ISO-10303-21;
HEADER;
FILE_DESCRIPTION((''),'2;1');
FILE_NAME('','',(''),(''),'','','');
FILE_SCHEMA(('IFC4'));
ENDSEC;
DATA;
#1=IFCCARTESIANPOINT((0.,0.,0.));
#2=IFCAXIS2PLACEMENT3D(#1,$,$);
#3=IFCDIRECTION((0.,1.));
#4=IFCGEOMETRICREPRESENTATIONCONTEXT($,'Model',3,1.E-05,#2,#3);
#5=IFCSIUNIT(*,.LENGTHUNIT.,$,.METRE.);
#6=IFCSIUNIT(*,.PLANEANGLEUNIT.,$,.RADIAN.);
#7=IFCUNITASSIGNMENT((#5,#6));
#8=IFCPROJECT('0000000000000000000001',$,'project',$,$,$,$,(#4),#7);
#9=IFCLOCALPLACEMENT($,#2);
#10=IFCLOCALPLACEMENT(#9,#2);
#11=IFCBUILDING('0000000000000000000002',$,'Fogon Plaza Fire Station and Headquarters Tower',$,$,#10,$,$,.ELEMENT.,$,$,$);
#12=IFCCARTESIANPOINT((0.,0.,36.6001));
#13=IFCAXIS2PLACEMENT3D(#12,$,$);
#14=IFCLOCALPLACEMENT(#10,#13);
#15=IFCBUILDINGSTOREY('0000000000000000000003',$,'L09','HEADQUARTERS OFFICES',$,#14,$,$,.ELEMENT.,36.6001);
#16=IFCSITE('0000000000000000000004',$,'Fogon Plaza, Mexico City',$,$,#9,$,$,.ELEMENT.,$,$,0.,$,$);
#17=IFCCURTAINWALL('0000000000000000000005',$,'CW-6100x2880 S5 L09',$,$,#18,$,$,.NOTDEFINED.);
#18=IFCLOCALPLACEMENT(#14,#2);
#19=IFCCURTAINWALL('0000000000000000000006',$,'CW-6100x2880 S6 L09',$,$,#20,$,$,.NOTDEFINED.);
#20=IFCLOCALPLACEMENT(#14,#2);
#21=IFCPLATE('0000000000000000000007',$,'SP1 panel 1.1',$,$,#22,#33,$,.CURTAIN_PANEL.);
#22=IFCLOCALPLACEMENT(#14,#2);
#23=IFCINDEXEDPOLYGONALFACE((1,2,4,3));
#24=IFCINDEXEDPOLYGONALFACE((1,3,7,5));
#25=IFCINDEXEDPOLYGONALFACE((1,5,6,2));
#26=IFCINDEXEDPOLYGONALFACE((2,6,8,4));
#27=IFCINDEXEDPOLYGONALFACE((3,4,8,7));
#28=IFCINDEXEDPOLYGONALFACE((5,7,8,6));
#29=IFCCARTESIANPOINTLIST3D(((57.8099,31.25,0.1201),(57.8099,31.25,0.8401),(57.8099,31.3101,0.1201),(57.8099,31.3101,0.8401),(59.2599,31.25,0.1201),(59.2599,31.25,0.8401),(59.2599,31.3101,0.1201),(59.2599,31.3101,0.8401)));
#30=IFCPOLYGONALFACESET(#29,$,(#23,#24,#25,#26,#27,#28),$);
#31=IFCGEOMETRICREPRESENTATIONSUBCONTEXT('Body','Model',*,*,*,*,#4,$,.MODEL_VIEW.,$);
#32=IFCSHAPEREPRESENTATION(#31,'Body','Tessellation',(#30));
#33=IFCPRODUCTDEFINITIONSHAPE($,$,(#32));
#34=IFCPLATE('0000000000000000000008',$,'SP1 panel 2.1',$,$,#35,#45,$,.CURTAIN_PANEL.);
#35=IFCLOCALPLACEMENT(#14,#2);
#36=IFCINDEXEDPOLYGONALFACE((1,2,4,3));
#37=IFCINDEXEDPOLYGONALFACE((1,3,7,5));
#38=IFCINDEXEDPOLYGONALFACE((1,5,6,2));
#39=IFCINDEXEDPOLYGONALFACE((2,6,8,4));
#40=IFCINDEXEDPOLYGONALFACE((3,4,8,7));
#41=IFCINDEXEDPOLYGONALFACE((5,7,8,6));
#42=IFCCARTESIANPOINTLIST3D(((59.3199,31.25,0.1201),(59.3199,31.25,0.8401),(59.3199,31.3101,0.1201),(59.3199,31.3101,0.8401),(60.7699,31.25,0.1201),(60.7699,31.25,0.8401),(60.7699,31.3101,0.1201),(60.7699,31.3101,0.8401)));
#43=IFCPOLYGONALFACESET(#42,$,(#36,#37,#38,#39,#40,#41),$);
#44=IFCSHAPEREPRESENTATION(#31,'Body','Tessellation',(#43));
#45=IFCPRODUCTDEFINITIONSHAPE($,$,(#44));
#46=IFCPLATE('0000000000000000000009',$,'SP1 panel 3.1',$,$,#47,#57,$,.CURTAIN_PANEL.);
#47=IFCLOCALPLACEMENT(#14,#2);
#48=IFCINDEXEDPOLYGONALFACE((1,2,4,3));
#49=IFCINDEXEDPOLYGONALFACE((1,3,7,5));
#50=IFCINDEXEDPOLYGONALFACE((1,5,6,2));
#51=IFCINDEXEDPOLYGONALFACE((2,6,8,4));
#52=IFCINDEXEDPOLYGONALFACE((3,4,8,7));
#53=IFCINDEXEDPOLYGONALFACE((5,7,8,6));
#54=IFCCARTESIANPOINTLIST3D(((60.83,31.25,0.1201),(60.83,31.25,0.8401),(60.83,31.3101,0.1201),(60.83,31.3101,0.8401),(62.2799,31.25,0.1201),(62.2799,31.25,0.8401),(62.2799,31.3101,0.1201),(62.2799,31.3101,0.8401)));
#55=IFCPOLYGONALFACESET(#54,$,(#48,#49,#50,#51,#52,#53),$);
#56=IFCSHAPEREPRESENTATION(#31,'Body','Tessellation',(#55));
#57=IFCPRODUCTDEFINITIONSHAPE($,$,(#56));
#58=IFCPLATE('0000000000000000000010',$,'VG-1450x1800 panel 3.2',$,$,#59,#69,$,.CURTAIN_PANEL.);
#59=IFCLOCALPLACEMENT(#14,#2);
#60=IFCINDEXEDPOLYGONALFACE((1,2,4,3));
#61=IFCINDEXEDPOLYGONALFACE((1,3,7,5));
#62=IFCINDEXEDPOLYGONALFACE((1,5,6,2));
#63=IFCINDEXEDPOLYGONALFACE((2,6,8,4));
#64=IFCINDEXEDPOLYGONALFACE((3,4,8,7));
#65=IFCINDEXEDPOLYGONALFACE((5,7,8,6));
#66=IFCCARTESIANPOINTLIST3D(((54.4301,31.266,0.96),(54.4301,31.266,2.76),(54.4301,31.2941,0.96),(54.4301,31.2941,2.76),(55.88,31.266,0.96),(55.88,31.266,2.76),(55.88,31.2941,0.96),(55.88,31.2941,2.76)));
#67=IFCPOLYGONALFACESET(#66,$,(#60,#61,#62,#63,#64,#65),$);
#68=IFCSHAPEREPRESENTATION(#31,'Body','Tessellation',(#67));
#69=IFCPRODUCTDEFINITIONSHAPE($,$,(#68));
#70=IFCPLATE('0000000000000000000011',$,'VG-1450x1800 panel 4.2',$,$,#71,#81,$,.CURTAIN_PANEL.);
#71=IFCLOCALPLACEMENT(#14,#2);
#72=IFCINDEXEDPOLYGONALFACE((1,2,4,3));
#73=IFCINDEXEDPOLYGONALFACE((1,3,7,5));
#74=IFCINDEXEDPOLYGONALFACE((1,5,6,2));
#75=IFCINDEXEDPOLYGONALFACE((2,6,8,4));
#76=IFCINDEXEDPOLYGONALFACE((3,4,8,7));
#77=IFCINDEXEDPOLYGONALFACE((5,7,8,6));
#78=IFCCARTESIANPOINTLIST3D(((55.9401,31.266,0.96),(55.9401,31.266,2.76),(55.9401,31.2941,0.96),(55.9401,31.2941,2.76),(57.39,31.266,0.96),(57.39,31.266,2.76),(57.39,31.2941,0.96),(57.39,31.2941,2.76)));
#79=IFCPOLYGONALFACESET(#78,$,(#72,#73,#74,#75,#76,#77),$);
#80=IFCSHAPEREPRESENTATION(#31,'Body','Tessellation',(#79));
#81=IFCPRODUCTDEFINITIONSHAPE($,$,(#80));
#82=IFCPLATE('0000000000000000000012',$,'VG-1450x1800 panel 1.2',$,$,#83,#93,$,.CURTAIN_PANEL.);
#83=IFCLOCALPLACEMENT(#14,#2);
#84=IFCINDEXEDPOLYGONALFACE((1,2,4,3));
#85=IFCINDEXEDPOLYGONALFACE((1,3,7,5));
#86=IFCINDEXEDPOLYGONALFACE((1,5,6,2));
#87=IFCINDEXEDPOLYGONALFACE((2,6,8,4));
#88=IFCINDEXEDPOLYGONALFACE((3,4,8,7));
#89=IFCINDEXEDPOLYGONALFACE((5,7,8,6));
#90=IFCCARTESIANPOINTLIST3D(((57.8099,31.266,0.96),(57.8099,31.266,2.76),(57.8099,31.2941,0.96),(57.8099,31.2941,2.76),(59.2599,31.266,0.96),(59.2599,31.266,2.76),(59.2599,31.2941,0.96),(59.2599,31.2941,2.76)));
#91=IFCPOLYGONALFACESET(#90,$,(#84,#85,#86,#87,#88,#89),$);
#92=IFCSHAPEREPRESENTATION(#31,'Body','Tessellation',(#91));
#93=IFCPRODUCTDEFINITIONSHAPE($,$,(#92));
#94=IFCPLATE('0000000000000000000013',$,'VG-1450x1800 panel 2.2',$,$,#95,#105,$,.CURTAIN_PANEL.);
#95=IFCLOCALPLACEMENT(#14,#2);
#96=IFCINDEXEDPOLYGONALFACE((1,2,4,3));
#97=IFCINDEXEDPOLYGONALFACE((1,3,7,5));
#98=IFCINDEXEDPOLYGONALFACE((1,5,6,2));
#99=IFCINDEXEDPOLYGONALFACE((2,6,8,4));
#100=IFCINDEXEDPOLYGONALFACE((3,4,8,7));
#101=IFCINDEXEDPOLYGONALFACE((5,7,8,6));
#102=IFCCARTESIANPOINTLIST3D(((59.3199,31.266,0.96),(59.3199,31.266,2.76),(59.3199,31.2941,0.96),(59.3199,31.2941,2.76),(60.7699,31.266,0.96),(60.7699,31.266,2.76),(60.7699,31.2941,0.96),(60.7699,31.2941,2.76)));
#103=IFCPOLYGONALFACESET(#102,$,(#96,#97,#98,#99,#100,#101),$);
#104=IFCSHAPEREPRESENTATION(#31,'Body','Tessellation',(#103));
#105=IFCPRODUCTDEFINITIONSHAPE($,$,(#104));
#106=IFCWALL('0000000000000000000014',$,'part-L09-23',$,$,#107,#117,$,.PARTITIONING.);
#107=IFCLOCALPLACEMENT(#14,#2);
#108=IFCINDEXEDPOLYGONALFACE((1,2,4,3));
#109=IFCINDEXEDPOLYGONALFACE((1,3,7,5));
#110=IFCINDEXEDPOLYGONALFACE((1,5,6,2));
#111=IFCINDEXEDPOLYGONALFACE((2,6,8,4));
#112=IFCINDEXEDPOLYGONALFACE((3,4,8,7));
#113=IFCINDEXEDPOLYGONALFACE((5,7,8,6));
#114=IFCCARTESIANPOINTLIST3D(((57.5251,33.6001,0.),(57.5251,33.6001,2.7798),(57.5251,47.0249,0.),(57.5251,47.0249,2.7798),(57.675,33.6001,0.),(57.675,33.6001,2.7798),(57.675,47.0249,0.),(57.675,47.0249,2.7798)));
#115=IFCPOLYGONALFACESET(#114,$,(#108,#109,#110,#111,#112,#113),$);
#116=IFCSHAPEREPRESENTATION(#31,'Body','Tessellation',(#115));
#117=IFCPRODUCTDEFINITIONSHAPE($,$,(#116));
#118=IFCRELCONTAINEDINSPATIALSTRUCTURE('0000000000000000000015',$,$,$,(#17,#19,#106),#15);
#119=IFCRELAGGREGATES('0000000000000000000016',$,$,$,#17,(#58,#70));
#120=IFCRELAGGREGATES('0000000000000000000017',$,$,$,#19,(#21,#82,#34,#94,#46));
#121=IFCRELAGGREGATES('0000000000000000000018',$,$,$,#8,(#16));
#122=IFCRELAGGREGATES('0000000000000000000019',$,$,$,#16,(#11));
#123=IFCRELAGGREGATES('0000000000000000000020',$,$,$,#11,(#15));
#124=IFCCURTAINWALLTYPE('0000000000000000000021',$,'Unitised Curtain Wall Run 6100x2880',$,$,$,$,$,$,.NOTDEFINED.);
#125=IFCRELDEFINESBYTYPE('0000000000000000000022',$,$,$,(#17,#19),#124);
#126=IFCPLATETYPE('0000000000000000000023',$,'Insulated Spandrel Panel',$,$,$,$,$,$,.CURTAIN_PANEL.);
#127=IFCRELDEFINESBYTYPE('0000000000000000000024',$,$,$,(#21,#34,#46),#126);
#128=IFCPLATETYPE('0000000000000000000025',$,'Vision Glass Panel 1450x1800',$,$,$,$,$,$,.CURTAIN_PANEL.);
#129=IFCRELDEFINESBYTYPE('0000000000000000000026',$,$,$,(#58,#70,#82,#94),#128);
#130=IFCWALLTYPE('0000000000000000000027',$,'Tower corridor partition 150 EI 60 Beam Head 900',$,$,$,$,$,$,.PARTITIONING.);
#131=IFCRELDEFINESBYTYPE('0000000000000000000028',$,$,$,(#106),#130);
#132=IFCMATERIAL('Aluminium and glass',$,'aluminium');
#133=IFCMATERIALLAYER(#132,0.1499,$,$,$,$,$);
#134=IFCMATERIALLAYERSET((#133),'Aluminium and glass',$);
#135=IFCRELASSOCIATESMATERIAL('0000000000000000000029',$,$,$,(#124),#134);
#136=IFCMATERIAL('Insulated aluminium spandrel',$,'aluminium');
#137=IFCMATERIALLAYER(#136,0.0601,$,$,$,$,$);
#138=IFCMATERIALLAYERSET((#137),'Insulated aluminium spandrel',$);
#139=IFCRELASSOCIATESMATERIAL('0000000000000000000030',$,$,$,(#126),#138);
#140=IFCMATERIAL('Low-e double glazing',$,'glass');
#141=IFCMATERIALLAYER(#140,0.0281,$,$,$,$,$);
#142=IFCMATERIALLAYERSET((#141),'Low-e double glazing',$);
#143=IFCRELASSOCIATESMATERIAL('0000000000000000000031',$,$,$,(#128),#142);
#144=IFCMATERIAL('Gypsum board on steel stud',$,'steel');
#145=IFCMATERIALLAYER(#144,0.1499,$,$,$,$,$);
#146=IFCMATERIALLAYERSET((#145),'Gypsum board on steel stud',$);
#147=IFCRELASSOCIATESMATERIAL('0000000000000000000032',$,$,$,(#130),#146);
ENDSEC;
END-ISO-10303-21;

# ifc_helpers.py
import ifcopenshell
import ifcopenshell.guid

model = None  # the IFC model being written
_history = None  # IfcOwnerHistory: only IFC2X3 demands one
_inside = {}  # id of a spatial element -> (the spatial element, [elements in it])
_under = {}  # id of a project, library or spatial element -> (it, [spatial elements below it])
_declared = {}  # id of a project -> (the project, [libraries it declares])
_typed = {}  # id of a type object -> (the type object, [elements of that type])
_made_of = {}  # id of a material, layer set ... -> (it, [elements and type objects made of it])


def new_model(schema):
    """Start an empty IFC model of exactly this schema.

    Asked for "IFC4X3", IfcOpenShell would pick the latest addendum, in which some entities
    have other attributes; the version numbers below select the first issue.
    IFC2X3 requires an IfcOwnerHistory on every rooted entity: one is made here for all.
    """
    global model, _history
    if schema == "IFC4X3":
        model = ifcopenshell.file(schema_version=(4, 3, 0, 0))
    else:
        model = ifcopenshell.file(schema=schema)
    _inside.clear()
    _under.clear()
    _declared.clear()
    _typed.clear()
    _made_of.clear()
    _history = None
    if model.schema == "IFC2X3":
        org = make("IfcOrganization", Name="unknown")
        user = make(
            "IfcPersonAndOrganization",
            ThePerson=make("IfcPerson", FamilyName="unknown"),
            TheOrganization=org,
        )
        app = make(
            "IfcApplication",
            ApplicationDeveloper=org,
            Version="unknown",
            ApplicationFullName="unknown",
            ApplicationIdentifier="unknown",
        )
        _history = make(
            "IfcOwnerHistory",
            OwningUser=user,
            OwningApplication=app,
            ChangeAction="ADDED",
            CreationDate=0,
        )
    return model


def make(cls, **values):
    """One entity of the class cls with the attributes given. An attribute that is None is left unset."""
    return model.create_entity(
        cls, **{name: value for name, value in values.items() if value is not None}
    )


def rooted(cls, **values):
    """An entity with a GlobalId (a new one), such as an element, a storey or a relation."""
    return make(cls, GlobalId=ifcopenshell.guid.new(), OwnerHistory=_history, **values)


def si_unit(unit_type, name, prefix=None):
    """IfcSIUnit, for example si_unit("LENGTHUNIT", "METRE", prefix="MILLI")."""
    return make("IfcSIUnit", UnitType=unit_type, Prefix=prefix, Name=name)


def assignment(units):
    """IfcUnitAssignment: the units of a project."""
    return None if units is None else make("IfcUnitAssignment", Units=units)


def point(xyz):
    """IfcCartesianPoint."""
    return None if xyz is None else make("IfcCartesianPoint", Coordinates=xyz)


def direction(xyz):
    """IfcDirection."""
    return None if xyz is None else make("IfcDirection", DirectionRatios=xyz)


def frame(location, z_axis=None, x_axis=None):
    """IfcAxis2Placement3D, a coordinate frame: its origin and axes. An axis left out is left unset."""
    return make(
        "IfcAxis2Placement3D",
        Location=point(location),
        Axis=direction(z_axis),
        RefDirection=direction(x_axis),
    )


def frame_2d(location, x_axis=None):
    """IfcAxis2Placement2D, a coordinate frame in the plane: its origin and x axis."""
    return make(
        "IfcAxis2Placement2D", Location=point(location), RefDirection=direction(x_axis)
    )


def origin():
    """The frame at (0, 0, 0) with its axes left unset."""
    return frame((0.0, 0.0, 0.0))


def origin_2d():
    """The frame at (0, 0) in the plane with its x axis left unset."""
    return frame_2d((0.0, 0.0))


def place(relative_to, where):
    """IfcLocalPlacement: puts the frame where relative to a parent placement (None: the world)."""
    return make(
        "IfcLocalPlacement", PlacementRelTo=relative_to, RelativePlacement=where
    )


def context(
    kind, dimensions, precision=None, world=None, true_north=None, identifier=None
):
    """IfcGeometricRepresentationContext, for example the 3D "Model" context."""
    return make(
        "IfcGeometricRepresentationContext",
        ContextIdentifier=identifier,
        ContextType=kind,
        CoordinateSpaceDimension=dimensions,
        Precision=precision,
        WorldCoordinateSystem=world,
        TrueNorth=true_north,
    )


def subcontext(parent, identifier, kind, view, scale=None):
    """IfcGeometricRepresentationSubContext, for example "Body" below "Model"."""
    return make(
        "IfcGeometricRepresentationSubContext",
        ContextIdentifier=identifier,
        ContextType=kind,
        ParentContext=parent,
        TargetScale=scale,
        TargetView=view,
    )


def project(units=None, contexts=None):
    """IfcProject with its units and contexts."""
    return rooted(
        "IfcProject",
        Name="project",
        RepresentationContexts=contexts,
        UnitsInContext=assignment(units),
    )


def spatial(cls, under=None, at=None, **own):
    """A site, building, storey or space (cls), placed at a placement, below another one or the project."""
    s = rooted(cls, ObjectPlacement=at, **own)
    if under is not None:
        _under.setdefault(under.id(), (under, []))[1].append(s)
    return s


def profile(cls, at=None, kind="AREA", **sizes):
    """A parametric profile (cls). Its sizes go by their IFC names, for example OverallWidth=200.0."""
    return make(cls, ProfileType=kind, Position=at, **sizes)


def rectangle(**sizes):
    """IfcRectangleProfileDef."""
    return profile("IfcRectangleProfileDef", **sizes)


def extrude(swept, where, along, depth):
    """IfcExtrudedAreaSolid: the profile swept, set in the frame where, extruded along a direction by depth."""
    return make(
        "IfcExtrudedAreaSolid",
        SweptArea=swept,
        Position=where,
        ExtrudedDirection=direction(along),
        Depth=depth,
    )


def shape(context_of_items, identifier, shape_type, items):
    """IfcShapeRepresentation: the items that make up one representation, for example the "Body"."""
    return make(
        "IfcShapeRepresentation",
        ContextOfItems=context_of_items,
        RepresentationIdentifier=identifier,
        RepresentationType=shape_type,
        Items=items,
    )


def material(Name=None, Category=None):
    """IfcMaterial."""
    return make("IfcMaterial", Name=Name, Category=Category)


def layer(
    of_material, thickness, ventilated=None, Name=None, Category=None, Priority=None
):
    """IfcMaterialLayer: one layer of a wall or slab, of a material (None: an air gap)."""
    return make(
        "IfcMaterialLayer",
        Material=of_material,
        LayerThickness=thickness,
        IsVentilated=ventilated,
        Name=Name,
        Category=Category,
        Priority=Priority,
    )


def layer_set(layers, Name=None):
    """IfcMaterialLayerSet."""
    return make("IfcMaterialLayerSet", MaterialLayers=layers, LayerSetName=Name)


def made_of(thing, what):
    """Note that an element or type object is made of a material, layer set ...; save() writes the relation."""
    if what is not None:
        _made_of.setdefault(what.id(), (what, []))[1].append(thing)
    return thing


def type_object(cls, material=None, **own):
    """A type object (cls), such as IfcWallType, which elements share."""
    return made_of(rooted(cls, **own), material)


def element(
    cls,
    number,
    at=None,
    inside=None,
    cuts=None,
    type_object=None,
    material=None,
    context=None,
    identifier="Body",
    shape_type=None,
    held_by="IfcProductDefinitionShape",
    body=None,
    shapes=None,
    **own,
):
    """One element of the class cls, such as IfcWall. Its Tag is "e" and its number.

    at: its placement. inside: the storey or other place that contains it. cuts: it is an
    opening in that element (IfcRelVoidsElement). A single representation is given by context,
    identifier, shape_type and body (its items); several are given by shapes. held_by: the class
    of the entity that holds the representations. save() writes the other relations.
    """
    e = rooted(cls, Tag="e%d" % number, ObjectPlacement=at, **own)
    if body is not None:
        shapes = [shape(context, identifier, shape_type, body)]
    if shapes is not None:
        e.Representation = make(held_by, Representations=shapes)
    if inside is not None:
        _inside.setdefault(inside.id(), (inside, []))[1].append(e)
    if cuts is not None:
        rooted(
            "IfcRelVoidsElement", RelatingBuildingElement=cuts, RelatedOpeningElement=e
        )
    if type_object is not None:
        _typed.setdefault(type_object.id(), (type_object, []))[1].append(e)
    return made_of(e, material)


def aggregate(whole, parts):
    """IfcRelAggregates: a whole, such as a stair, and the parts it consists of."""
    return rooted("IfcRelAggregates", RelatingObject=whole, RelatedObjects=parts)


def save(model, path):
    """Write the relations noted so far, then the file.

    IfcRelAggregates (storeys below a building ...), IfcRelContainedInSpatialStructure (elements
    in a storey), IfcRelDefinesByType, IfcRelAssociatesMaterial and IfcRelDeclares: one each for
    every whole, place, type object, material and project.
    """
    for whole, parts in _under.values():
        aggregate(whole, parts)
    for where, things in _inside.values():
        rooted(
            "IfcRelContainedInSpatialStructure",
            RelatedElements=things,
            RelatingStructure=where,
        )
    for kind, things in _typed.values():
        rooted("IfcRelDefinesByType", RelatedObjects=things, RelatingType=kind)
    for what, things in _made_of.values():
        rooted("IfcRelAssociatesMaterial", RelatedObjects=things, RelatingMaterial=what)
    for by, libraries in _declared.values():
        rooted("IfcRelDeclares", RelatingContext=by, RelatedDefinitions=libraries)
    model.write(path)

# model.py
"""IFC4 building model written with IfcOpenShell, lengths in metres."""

from ifc_helpers import new_model, si_unit, direction, frame, frame_2d, origin, origin_2d, place, context, subcontext, project, spatial, rectangle, extrude, material, layer, layer_set, type_object, element, aggregate, save


model = new_model("IFC4")

# Units and contexts
model_context = context("Model", 3, precision=1e-05, world=origin(), true_north=direction((0.0, 1.0)))
body_context = subcontext(model_context, "Body", "Model", "MODEL_VIEW")
ifc_project = project(units=[si_unit("LENGTHUNIT", "METRE"), si_unit("PLANEANGLEUNIT", "RADIAN")], contexts=[model_context])

# Site, building, storey
site_placement = place(None, origin())
site = spatial("IfcSite", under=ifc_project, at=site_placement, Name="Fogon Plaza, Mexico City", CompositionType="ELEMENT", RefElevation=0.0)
building_placement = place(site_placement, origin())
building = spatial("IfcBuilding", under=site, at=building_placement, Name="Fogon Plaza Fire Station and Headquarters Tower", CompositionType="ELEMENT")
storey_placement = place(building_placement, frame((0.0, 0.0, 36.6001)))
storey = spatial("IfcBuildingStorey", under=building, at=storey_placement, Name="L09", Description="HEADQUARTERS OFFICES", CompositionType="ELEMENT", Elevation=36.6001)

# Curtain walls
ifc_material_1 = material(Name="Aluminium and glass", Category="aluminium")
ifc_layer_1 = layer(ifc_material_1, 0.1499)
ifc_layer_set_1 = layer_set([ifc_layer_1], Name="Aluminium and glass")
curtain_wall_type = type_object("IfcCurtainWallType", Name="Unitised Curtain Wall Run 6100x2880", PredefinedType="NOTDEFINED", material=ifc_layer_set_1)
curtain_wall_1_placement = place(storey_placement, origin())
curtain_wall_1 = element("IfcCurtainWall", 1, at=curtain_wall_1_placement, inside=storey, type_object=curtain_wall_type, Name="CW-6100x2880 S5 L09", PredefinedType="NOTDEFINED")
curtain_wall_2_placement = place(storey_placement, origin())
curtain_wall_2 = element("IfcCurtainWall", 2, at=curtain_wall_2_placement, inside=storey, type_object=curtain_wall_type, Name="CW-6100x2880 S6 L09", PredefinedType="NOTDEFINED")

# Plates
ifc_material_2 = material(Name="Insulated aluminium spandrel", Category="aluminium")
ifc_layer_2 = layer(ifc_material_2, 0.0601)
ifc_layer_set_2 = layer_set([ifc_layer_2], Name="Insulated aluminium spandrel")
plate_type_1 = type_object("IfcPlateType", Name="Insulated Spandrel Panel", PredefinedType="CURTAIN_PANEL", material=ifc_layer_set_2)
plate_1_placement = place(storey_placement, frame((58.5349, 31.28, 0.1201), z_axis=(0.0, 0.0, 1.0), x_axis=(1.0, 0.0, 0.0)))
plate_1 = element("IfcPlate", 3, at=plate_1_placement, type_object=plate_type_1, Name="SP1 panel 1.1", PredefinedType="CURTAIN_PANEL", context=body_context, shape_type="SweptSolid", body=[
    extrude(rectangle(XDim=1.45, YDim=0.0601, at=origin_2d()), origin(), (0.0, 0.0, 1.0), 0.72),
])
plate_2_placement = place(storey_placement, frame((60.0449, 31.28, 0.1201), z_axis=(0.0, 0.0, 1.0), x_axis=(1.0, 0.0, 0.0)))
plate_2 = element("IfcPlate", 4, at=plate_2_placement, type_object=plate_type_1, Name="SP1 panel 2.1", PredefinedType="CURTAIN_PANEL", context=body_context, shape_type="SweptSolid", body=[
    extrude(rectangle(XDim=1.45, YDim=0.0601, at=origin_2d()), origin(), (0.0, 0.0, 1.0), 0.72),
])
plate_3_placement = place(storey_placement, frame((61.5549, 31.28, 0.1201), z_axis=(0.0, 0.0, 1.0), x_axis=(1.0, 0.0, 0.0)))
plate_3 = element("IfcPlate", 5, at=plate_3_placement, type_object=plate_type_1, Name="SP1 panel 3.1", PredefinedType="CURTAIN_PANEL", context=body_context, shape_type="SweptSolid", body=[
    extrude(rectangle(XDim=1.45, YDim=0.0601, at=origin_2d()), origin(), (0.0, 0.0, 1.0), 0.72),
])
ifc_material_3 = material(Name="Low-e double glazing", Category="glass")
ifc_layer_3 = layer(ifc_material_3, 0.0281)
ifc_layer_set_3 = layer_set([ifc_layer_3], Name="Low-e double glazing")
plate_type_2 = type_object("IfcPlateType", Name="Vision Glass Panel 1450x1800", PredefinedType="CURTAIN_PANEL", material=ifc_layer_set_3)
plate_4_placement = place(storey_placement, frame((55.155, 31.28, 0.96), z_axis=(0.0, 0.0, 1.0), x_axis=(1.0, 0.0, 0.0)))
plate_4 = element("IfcPlate", 6, at=plate_4_placement, type_object=plate_type_2, Name="VG-1450x1800 panel 3.2", PredefinedType="CURTAIN_PANEL", context=body_context, shape_type="SweptSolid", body=[
    extrude(rectangle(XDim=1.45, YDim=0.0281, at=origin_2d()), origin(), (0.0, 0.0, 1.0), 1.8),
])
plate_5_placement = place(storey_placement, frame((56.665, 31.28, 0.96), z_axis=(0.0, 0.0, 1.0), x_axis=(1.0, 0.0, 0.0)))
plate_5 = element("IfcPlate", 7, at=plate_5_placement, type_object=plate_type_2, Name="VG-1450x1800 panel 4.2", PredefinedType="CURTAIN_PANEL", context=body_context, shape_type="SweptSolid", body=[
    extrude(rectangle(XDim=1.45, YDim=0.0281, at=origin_2d()), origin(), (0.0, 0.0, 1.0), 1.8),
])
aggregate(curtain_wall_1, [plate_4, plate_5])
plate_6_placement = place(storey_placement, frame((58.5349, 31.28, 0.96), z_axis=(0.0, 0.0, 1.0), x_axis=(1.0, 0.0, 0.0)))
plate_6 = element("IfcPlate", 8, at=plate_6_placement, type_object=plate_type_2, Name="VG-1450x1800 panel 1.2", PredefinedType="CURTAIN_PANEL", context=body_context, shape_type="SweptSolid", body=[
    extrude(rectangle(XDim=1.45, YDim=0.0281, at=origin_2d()), origin(), (0.0, 0.0, 1.0), 1.8),
])
plate_7_placement = place(storey_placement, frame((60.0449, 31.28, 0.96), z_axis=(0.0, 0.0, 1.0), x_axis=(1.0, 0.0, 0.0)))
plate_7 = element("IfcPlate", 9, at=plate_7_placement, type_object=plate_type_2, Name="VG-1450x1800 panel 2.2", PredefinedType="CURTAIN_PANEL", context=body_context, shape_type="SweptSolid", body=[
    extrude(rectangle(XDim=1.45, YDim=0.0281, at=origin_2d()), origin(), (0.0, 0.0, 1.0), 1.8),
])
aggregate(curtain_wall_2, [plate_1, plate_6, plate_2, plate_7, plate_3])

# Wall
ifc_material_4 = material(Name="Gypsum board on steel stud", Category="steel")
ifc_layer_4 = layer(ifc_material_4, 0.1499)
ifc_layer_set_4 = layer_set([ifc_layer_4], Name="Gypsum board on steel stud")
wall_type = type_object("IfcWallType", Name="Tower corridor partition 150 EI 60 Beam Head 900", PredefinedType="PARTITIONING", material=ifc_layer_set_4)
wall_placement = place(storey_placement, frame((57.6001, 33.6001, 0.0), z_axis=(0.0, 0.0, 1.0), x_axis=(0.0, 1.0, 0.0)))
element("IfcWall", 10, at=wall_placement, inside=storey, type_object=wall_type, Name="part-L09-23", PredefinedType="PARTITIONING", context=body_context, shape_type="SweptSolid", body=[
    extrude(rectangle(XDim=13.4248, YDim=0.1499, at=frame_2d((6.7124, 0.0))), origin(), (0.0, 0.0, 1.0), 2.7798),
])

save(model, "model.ifc")
